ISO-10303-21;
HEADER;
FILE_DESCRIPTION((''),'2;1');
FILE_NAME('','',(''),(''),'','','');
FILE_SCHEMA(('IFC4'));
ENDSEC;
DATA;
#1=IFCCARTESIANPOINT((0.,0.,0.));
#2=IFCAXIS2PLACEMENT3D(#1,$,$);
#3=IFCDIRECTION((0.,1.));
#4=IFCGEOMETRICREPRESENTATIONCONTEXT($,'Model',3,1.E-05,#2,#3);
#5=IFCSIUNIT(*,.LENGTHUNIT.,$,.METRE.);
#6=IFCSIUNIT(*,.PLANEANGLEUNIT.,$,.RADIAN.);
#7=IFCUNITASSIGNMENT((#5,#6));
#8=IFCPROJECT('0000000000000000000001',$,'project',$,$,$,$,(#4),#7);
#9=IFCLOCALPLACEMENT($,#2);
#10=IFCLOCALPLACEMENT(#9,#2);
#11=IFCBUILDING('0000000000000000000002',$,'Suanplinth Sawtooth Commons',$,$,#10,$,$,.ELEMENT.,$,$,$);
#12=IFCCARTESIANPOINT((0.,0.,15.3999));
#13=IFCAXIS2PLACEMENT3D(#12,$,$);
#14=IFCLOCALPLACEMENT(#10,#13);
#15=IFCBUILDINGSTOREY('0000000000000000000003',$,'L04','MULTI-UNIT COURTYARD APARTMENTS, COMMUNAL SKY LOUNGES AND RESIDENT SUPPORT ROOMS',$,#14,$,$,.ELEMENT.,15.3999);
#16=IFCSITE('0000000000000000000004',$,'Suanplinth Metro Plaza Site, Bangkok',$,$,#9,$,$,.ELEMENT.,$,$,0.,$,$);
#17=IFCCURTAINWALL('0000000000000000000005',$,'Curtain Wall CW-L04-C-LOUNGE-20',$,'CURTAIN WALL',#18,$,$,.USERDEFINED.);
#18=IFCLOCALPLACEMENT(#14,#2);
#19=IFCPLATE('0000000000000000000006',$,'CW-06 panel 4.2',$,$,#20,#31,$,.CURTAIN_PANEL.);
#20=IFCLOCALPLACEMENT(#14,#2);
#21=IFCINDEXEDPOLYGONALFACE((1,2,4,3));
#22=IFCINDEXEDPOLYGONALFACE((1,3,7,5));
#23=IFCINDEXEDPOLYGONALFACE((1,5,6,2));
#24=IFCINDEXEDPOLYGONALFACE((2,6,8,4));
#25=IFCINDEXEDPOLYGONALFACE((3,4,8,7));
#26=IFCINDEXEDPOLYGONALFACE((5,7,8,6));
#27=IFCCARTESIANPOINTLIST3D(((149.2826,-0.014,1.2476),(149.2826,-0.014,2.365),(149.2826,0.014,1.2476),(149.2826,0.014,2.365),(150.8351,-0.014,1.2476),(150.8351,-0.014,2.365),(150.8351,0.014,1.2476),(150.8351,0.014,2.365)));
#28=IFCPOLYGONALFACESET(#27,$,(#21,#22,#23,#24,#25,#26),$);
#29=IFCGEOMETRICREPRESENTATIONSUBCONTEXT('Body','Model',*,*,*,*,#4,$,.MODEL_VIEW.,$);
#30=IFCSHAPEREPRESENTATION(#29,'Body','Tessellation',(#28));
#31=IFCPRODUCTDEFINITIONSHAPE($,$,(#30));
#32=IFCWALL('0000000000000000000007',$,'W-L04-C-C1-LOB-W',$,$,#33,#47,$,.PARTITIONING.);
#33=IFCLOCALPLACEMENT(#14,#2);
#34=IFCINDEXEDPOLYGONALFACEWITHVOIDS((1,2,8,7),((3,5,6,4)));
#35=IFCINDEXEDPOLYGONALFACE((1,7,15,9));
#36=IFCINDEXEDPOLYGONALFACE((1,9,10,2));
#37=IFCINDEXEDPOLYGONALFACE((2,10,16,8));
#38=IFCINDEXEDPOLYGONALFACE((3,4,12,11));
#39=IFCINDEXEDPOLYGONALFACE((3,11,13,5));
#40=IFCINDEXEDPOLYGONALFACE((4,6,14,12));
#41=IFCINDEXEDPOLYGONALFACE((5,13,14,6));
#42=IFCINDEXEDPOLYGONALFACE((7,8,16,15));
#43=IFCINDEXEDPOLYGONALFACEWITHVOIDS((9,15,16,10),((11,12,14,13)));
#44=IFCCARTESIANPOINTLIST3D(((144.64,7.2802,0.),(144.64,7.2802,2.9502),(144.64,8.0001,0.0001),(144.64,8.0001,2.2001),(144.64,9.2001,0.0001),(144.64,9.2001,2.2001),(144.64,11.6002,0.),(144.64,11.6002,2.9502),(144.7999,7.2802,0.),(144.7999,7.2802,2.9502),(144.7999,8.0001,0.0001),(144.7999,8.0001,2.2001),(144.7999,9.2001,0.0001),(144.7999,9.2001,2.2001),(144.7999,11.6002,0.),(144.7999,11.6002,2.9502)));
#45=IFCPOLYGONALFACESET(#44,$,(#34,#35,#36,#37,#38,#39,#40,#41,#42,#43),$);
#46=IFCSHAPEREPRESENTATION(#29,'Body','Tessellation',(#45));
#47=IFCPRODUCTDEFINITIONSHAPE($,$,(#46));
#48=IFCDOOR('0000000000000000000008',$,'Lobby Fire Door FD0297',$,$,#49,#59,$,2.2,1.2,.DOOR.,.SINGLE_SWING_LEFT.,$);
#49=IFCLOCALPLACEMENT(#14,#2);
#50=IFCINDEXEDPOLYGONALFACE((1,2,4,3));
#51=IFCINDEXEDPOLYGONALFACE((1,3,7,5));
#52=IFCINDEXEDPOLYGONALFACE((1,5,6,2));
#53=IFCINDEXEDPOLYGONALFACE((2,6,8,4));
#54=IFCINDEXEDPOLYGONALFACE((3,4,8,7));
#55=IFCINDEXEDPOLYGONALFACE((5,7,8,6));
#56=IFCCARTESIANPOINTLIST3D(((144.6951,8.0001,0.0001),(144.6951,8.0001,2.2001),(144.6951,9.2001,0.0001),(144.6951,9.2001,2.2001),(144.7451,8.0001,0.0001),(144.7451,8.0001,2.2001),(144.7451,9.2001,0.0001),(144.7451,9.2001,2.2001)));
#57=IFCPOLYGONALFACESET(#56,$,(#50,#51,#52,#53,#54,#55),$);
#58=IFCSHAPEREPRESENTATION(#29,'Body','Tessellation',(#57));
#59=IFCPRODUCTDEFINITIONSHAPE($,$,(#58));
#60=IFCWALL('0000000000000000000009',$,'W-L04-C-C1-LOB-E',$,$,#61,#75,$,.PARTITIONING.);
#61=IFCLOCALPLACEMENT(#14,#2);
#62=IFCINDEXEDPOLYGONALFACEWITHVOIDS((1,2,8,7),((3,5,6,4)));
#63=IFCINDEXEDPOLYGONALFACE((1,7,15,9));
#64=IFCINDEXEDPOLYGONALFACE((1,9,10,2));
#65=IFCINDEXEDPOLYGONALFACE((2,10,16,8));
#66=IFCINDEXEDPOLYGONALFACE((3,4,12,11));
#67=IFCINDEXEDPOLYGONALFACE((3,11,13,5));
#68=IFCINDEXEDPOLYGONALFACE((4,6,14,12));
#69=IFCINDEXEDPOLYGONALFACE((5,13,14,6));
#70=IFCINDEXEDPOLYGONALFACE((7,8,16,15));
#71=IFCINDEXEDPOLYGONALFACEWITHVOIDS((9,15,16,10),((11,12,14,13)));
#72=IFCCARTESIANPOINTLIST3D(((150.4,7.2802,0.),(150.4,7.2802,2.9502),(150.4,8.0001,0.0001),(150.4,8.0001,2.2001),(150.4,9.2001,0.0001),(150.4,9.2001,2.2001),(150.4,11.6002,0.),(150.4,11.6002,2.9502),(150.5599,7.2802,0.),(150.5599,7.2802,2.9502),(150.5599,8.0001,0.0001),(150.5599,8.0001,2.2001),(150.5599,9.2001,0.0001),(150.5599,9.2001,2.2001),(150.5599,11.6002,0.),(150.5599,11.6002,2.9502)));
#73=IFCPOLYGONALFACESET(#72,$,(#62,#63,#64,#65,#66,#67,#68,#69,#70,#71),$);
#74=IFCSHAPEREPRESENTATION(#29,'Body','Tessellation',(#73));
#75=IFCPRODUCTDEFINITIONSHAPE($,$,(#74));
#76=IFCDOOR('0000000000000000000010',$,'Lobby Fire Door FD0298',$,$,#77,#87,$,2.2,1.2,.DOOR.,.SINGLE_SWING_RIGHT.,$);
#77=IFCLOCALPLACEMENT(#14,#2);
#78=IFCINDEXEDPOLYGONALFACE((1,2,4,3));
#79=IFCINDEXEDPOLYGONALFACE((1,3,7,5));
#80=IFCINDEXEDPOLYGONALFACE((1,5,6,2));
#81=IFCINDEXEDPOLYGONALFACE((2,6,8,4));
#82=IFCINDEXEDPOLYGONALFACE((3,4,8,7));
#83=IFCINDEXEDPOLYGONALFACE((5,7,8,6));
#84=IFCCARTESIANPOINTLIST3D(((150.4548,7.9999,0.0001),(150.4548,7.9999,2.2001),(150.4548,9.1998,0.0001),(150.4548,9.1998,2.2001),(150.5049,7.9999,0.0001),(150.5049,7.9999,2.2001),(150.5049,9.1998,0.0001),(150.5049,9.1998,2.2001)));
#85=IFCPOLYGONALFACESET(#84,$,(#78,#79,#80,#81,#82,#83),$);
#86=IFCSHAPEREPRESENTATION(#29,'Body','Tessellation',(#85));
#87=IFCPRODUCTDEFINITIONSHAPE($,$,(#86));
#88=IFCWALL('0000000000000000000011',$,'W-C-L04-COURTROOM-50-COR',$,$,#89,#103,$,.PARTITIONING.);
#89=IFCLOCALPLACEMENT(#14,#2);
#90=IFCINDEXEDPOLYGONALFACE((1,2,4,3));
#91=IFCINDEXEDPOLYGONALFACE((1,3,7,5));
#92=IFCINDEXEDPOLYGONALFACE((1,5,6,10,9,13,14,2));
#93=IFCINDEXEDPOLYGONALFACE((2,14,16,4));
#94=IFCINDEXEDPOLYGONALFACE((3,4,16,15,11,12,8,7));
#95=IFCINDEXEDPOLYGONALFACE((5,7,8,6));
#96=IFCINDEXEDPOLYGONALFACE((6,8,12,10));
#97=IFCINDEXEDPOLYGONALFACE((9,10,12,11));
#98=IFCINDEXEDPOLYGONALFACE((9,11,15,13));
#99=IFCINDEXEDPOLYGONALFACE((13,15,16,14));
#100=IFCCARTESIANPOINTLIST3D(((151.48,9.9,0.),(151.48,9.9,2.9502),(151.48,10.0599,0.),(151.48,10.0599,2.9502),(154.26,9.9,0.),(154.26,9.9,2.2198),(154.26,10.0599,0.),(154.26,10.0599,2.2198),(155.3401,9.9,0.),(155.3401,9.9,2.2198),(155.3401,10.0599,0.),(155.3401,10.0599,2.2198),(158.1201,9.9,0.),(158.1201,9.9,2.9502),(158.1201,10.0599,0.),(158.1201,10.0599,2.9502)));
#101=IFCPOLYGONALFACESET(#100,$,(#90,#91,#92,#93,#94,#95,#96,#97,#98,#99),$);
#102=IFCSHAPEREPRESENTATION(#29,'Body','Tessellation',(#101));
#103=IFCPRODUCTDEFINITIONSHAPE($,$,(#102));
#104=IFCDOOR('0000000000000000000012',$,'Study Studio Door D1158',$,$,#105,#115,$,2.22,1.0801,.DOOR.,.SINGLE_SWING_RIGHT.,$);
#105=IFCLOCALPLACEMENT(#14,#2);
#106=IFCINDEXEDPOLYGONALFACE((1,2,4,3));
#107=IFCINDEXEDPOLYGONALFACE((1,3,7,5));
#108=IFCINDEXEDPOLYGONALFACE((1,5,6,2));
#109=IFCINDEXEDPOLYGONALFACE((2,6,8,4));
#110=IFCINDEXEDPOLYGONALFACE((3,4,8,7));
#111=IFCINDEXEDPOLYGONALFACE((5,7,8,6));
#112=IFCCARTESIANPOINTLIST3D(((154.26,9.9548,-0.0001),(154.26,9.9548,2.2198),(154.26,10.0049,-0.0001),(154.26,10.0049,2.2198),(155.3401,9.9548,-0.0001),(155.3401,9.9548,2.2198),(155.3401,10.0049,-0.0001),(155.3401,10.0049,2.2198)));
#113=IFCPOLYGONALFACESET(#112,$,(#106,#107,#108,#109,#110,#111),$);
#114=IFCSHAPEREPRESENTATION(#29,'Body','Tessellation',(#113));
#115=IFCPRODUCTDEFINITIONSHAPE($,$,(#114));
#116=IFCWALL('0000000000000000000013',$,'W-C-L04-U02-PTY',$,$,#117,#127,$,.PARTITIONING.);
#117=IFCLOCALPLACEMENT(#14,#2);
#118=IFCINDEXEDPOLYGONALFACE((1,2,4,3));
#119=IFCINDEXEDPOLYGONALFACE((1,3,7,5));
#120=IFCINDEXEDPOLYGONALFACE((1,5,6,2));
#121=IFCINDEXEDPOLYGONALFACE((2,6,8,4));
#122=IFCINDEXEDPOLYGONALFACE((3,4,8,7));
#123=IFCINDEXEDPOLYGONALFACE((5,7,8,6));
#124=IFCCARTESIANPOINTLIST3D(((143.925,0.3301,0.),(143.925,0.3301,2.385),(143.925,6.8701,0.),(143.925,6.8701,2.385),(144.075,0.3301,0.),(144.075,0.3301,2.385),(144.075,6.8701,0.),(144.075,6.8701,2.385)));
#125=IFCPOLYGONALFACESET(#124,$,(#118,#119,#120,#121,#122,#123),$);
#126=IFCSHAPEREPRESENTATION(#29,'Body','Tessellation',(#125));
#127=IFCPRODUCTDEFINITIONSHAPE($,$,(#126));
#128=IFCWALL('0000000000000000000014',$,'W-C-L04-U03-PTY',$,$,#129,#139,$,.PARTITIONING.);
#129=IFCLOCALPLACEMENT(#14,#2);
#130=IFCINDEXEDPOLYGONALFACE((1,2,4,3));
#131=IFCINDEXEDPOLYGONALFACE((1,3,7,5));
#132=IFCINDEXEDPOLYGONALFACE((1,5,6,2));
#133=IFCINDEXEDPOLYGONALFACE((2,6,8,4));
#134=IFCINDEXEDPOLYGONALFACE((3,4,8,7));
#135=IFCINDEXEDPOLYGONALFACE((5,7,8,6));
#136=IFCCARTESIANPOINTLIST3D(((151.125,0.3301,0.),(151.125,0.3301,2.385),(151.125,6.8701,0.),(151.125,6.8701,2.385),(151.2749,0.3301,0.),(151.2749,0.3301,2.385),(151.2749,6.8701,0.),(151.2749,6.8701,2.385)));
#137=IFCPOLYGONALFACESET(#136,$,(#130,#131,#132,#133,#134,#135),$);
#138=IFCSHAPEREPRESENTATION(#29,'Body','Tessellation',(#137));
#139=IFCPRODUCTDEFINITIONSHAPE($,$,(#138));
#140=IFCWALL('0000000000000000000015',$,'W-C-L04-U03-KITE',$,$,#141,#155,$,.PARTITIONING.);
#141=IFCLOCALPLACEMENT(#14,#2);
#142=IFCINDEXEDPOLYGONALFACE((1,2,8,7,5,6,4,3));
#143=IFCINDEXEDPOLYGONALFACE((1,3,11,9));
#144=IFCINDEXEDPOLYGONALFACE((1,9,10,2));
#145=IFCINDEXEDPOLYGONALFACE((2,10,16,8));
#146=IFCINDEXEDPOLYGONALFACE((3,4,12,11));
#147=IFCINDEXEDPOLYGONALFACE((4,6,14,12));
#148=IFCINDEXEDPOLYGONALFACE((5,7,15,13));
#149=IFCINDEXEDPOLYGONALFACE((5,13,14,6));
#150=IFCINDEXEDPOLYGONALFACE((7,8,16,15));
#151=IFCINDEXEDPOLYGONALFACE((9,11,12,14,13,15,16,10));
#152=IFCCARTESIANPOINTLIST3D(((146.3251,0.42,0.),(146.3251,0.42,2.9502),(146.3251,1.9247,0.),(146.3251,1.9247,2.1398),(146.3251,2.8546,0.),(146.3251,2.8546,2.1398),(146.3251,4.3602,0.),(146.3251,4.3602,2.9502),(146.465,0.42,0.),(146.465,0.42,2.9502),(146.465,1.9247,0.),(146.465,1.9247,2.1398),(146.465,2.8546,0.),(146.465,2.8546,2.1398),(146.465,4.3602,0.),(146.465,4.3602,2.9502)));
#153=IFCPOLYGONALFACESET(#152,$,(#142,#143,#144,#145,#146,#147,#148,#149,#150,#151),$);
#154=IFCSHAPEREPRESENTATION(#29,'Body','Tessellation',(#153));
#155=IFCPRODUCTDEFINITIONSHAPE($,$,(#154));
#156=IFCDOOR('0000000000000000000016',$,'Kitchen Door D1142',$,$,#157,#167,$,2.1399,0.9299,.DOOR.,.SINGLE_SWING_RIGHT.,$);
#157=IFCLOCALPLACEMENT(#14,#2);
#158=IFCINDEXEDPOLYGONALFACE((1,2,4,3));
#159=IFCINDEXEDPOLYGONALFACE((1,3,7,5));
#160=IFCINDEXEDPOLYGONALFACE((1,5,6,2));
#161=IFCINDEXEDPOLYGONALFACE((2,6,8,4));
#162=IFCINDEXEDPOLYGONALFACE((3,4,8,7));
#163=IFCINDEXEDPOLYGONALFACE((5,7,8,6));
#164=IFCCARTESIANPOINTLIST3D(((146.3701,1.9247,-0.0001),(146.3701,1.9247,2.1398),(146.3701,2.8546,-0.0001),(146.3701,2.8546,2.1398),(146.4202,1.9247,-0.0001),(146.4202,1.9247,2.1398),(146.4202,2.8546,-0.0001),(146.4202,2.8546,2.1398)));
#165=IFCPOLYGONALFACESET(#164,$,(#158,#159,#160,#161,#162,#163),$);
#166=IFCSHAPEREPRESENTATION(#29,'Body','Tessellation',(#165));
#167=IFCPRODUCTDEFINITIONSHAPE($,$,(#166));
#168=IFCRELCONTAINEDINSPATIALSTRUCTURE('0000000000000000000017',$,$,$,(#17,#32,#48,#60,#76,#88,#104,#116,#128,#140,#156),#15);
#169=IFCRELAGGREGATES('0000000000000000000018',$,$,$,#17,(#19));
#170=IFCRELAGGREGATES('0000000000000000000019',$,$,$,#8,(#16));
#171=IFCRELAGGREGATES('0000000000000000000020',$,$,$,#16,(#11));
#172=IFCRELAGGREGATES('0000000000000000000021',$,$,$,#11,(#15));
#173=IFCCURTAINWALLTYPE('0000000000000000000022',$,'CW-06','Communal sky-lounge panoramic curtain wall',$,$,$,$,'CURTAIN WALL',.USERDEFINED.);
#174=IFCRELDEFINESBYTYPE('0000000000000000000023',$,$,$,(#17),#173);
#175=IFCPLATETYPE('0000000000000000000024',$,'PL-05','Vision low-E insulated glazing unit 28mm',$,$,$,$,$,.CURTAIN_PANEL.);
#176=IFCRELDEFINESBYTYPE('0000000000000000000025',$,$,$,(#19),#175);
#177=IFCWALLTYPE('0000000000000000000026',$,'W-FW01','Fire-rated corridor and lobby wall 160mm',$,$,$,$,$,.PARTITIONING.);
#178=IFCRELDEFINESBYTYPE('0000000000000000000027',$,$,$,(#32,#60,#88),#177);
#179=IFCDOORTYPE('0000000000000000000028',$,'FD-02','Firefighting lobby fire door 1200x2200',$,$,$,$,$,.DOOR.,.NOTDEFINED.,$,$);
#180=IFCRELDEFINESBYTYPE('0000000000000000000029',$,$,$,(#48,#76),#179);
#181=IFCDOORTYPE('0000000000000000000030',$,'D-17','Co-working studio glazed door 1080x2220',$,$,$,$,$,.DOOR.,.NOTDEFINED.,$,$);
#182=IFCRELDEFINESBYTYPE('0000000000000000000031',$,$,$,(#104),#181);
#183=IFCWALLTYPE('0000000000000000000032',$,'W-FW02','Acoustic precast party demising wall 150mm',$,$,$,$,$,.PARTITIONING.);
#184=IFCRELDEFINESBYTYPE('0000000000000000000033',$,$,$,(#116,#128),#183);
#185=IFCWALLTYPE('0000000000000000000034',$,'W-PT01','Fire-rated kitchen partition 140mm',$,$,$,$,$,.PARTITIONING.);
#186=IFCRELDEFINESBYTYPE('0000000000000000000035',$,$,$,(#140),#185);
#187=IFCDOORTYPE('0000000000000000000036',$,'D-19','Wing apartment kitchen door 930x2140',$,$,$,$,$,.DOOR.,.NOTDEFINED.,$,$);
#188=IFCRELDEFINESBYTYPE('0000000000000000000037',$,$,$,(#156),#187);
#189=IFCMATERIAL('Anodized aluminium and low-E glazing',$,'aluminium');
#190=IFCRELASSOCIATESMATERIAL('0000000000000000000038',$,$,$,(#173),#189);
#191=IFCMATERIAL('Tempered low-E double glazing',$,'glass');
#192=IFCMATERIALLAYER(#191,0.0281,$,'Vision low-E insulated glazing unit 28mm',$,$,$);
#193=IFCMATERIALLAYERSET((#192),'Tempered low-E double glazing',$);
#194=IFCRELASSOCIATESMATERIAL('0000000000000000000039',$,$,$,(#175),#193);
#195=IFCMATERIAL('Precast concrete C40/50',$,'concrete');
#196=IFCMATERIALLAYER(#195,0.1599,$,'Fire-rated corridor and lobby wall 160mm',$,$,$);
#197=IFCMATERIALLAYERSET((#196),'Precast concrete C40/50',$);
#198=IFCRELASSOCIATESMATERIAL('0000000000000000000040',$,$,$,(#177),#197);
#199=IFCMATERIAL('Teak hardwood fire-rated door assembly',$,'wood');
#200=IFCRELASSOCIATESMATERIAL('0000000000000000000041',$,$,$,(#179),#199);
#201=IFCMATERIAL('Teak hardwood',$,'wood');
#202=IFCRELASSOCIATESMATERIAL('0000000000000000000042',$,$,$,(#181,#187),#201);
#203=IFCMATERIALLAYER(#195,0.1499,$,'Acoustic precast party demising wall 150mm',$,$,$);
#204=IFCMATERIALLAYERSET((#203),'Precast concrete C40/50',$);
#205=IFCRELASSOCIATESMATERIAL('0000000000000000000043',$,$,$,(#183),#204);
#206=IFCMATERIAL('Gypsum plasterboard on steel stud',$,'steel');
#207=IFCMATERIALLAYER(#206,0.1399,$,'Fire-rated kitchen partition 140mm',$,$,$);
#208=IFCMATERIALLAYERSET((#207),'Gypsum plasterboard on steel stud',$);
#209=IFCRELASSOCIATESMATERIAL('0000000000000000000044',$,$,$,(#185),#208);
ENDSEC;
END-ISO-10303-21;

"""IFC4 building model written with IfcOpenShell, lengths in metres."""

from ifc_helpers import new_model, si_unit, direction, frame, frame_2d, origin, origin_2d, place, context, subcontext, project, spatial, rectangle, extrude, material, layer, layer_set, type_object, element, fill, aggregate, save


model = new_model("IFC4")

# Units and contexts
model_context = context("Model", 3, precision=1e-05, world=origin(), true_north=direction((0.0, 1.0)))
body_context = subcontext(model_context, "Body", "Model", "MODEL_VIEW")
ifc_project = project(units=[si_unit("LENGTHUNIT", "METRE"), si_unit("PLANEANGLEUNIT", "RADIAN")], contexts=[model_context])

# Site, building, storey
site_placement = place(None, origin())
site = spatial("IfcSite", under=ifc_project, at=site_placement, Name="Suanplinth Metro Plaza Site, Bangkok", CompositionType="ELEMENT", RefElevation=0.0)
building_placement = place(site_placement, origin())
building = spatial("IfcBuilding", under=site, at=building_placement, Name="Suanplinth Sawtooth Commons", CompositionType="ELEMENT")
storey_placement = place(building_placement, frame((0.0, 0.0, 15.3999)))
storey = spatial("IfcBuildingStorey", under=building, at=storey_placement, Name="L04", Description="MULTI-UNIT COURTYARD APARTMENTS, COMMUNAL SKY LOUNGES AND RESIDENT SUPPORT ROOMS", CompositionType="ELEMENT", Elevation=15.3999)

# Shared definitions
ifc_material_1 = material(Name="Precast concrete C40/50", Category="concrete")

# Curtain wall, plate
ifc_material_2 = material(Name="Anodized aluminium and low-E glazing", Category="aluminium")
curtain_wall_type = type_object("IfcCurtainWallType", Name="CW-06", Description="Communal sky-lounge panoramic curtain wall", ElementType="CURTAIN WALL", PredefinedType="USERDEFINED", material=ifc_material_2)
curtain_wall_placement = place(storey_placement, origin())
curtain_wall = element("IfcCurtainWall", 1, at=curtain_wall_placement, inside=storey, type_object=curtain_wall_type, Name="Curtain Wall CW-L04-C-LOUNGE-20", ObjectType="CURTAIN WALL", PredefinedType="USERDEFINED")
ifc_material_3 = material(Name="Tempered low-E double glazing", Category="glass")
ifc_layer_1 = layer(ifc_material_3, 0.0281, Name="Vision low-E insulated glazing unit 28mm")
ifc_layer_set_1 = layer_set([ifc_layer_1], Name="Tempered low-E double glazing")
plate_type = type_object("IfcPlateType", Name="PL-05", Description="Vision low-E insulated glazing unit 28mm", PredefinedType="CURTAIN_PANEL", material=ifc_layer_set_1)
plate_1_placement = place(storey_placement, frame((150.0588, 0.0, 1.2476), z_axis=(0.0, 0.0, 1.0), x_axis=(1.0, 0.0, 0.0)))
plate_1 = element("IfcPlate", 2, at=plate_1_placement, type_object=plate_type, Name="CW-06 panel 4.2", PredefinedType="CURTAIN_PANEL", context=body_context, shape_type="SweptSolid", body=[
    extrude(rectangle(XDim=1.5525, YDim=0.0281, at=origin_2d()), origin(), (0.0, 0.0, 1.0), 1.1174),
])
aggregate(curtain_wall, [plate_1])

# Walls, openings, doors
ifc_layer_2 = layer(ifc_material_1, 0.1599, Name="Fire-rated corridor and lobby wall 160mm")
ifc_layer_set_2 = layer_set([ifc_layer_2], Name="Precast concrete C40/50")
wall_type_1 = type_object("IfcWallType", Name="W-FW01", Description="Fire-rated corridor and lobby wall 160mm", PredefinedType="PARTITIONING", material=ifc_layer_set_2)
wall_1_placement = place(storey_placement, frame((144.72, 7.28, 0.0), z_axis=(0.0, 0.0, 1.0), x_axis=(0.0, 1.0, 0.0)))
wall_1 = element("IfcWall", 3, at=wall_1_placement, inside=storey, type_object=wall_type_1, Name="W-L04-C-C1-LOB-W", PredefinedType="PARTITIONING", context=body_context, shape_type="SweptSolid", body=[
    extrude(rectangle(XDim=4.3201, YDim=0.1599, at=frame_2d((2.1602, 0.0))), origin(), (0.0, 0.0, 1.0), 2.9502),
])
opening_1_placement = place(wall_1_placement, frame((0.72, 0.0, 0.0)))
opening_1 = element("IfcOpeningElement", 4, at=opening_1_placement, cuts=wall_1, PredefinedType="OPENING", context=body_context, shape_type="SweptSolid", body=[
    extrude(rectangle(XDim=1.2, YDim=2.2, at=frame_2d((0.6001, 1.1001))), frame((0.0, 0.0947, 0.0), z_axis=(0.0, -1.0, 0.0), x_axis=(1.0, 0.0, 0.0)), (0.0, 0.0, 1.0), 0.1897),
])
ifc_material_4 = material(Name="Teak hardwood fire-rated door assembly", Category="wood")
door_type_1 = type_object("IfcDoorType", Name="FD-02", Description="Firefighting lobby fire door 1200x2200", OperationType="NOTDEFINED", PredefinedType="DOOR", material=ifc_material_4)
door_1_placement = place(opening_1_placement, origin())
door_1 = element("IfcDoor", 5, at=door_1_placement, inside=storey, type_object=door_type_1, Name="Lobby Fire Door FD0297", OperationType="SINGLE_SWING_LEFT", OverallHeight=2.2, OverallWidth=1.2, PredefinedType="DOOR", context=body_context, shape_type="SweptSolid", body=[
    extrude(rectangle(XDim=1.2, YDim=2.2, at=frame_2d((0.6001, 1.1001))), frame((0.0, 0.0249, 0.0), z_axis=(0.0, -1.0, 0.0), x_axis=(1.0, 0.0, 0.0)), (0.0, 0.0, 1.0), 0.05),
])
fill(opening_1, door_1)
wall_2_placement = place(storey_placement, frame((150.48, 7.28, 0.0), z_axis=(0.0, 0.0, 1.0), x_axis=(0.0, 1.0, 0.0)))
wall_2 = element("IfcWall", 6, at=wall_2_placement, inside=storey, type_object=wall_type_1, Name="W-L04-C-C1-LOB-E", PredefinedType="PARTITIONING", context=body_context, shape_type="SweptSolid", body=[
    extrude(rectangle(XDim=4.3201, YDim=0.1599, at=frame_2d((2.1602, 0.0))), origin(), (0.0, 0.0, 1.0), 2.9502),
])
opening_2_placement = place(wall_2_placement, frame((0.72, 0.0, 0.0)))
opening_2 = element("IfcOpeningElement", 7, at=opening_2_placement, cuts=wall_2, PredefinedType="OPENING", context=body_context, shape_type="SweptSolid", body=[
    extrude(rectangle(XDim=1.2, YDim=2.2, at=frame_2d((0.6001, 1.1001))), frame((0.0, 0.0947, 0.0), z_axis=(0.0, -1.0, 0.0), x_axis=(1.0, 0.0, 0.0)), (0.0, 0.0, 1.0), 0.1897),
])
door_2_placement = place(opening_2_placement, frame((1.2, 0.0, 0.0), z_axis=(0.0, 0.0, 1.0), x_axis=(-1.0, 0.0, 0.0)))
door_2 = element("IfcDoor", 8, at=door_2_placement, inside=storey, type_object=door_type_1, Name="Lobby Fire Door FD0298", OperationType="SINGLE_SWING_RIGHT", OverallHeight=2.2, OverallWidth=1.2, PredefinedType="DOOR", context=body_context, shape_type="SweptSolid", body=[
    extrude(rectangle(XDim=1.2, YDim=2.2, at=frame_2d((0.6001, 1.1001))), frame((0.0, 0.0249, 0.0), z_axis=(0.0, -1.0, 0.0), x_axis=(1.0, 0.0, 0.0)), (0.0, 0.0, 1.0), 0.05),
])
fill(opening_2, door_2)
wall_3_placement = place(storey_placement, frame((151.48, 9.98, 0.0), z_axis=(0.0, 0.0, 1.0), x_axis=(1.0, 0.0, 0.0)))
wall_3 = element("IfcWall", 9, at=wall_3_placement, inside=storey, type_object=wall_type_1, Name="W-C-L04-COURTROOM-50-COR", PredefinedType="PARTITIONING", context=body_context, shape_type="SweptSolid", body=[
    extrude(rectangle(XDim=6.6401, YDim=0.1599, at=frame_2d((3.3201, 0.0))), origin(), (0.0, 0.0, 1.0), 2.9502),
])
opening_3_placement = place(wall_3_placement, frame((2.78, 0.0, 0.0)))
opening_3 = element("IfcOpeningElement", 10, at=opening_3_placement, cuts=wall_3, PredefinedType="OPENING", context=body_context, shape_type="SweptSolid", body=[
    extrude(rectangle(XDim=1.0801, YDim=2.22, at=frame_2d((0.54, 1.1099))), frame((0.0, 0.0947, 0.0), z_axis=(0.0, -1.0, 0.0), x_axis=(1.0, 0.0, 0.0)), (0.0, 0.0, 1.0), 0.1897),
])
ifc_material_5 = material(Name="Teak hardwood", Category="wood")
door_type_2 = type_object("IfcDoorType", Name="D-17", Description="Co-working studio glazed door 1080x2220", OperationType="NOTDEFINED", PredefinedType="DOOR", material=ifc_material_5)
door_3_placement = place(opening_3_placement, origin())
door_3 = element("IfcDoor", 11, at=door_3_placement, inside=storey, type_object=door_type_2, Name="Study Studio Door D1158", OperationType="SINGLE_SWING_RIGHT", OverallHeight=2.22, OverallWidth=1.0801, PredefinedType="DOOR", context=body_context, shape_type="SweptSolid", body=[
    extrude(rectangle(XDim=1.0801, YDim=2.22, at=frame_2d((0.54, 1.1099))), frame((0.0, 0.0249, 0.0), z_axis=(0.0, -1.0, 0.0), x_axis=(1.0, 0.0, 0.0)), (0.0, 0.0, 1.0), 0.05),
])
fill(opening_3, door_3)

# Walls
ifc_layer_3 = layer(ifc_material_1, 0.1499, Name="Acoustic precast party demising wall 150mm")
ifc_layer_set_3 = layer_set([ifc_layer_3], Name="Precast concrete C40/50")
wall_type_2 = type_object("IfcWallType", Name="W-FW02", Description="Acoustic precast party demising wall 150mm", PredefinedType="PARTITIONING", material=ifc_layer_set_3)
for number, where, z_axis, x_axis, name in (
    (12, (144.0, 0.3301, 0.0), (0.0, 0.0, 1.0), (0.0, 1.0, 0.0), "W-C-L04-U02-PTY"),
    (13, (151.2, 0.3301, 0.0), (0.0, 0.0, 1.0), (0.0, 1.0, 0.0), "W-C-L04-U03-PTY"),
):
    element("IfcWall", number, at=place(storey_placement, frame(where, z_axis=z_axis, x_axis=x_axis)), inside=storey, type_object=wall_type_2, Name=name, PredefinedType="PARTITIONING", context=body_context, shape_type="SweptSolid", body=[
        extrude(rectangle(XDim=6.54, YDim=0.1499, at=frame_2d((3.27, 0.0))), origin(), (0.0, 0.0, 1.0), 2.385),
    ])

# Wall, opening, door
ifc_material_6 = material(Name="Gypsum plasterboard on steel stud", Category="steel")
ifc_layer_4 = layer(ifc_material_6, 0.1399, Name="Fire-rated kitchen partition 140mm")
ifc_layer_set_4 = layer_set([ifc_layer_4], Name="Gypsum plasterboard on steel stud")
wall_type_3 = type_object("IfcWallType", Name="W-PT01", Description="Fire-rated kitchen partition 140mm", PredefinedType="PARTITIONING", material=ifc_layer_set_4)
wall_4_placement = place(storey_placement, frame((146.395, 0.4199, 0.0), z_axis=(0.0, 0.0, 1.0), x_axis=(0.0, 1.0, 0.0)))
wall_4 = element("IfcWall", 14, at=wall_4_placement, inside=storey, type_object=wall_type_3, Name="W-C-L04-U03-KITE", PredefinedType="PARTITIONING", context=body_context, shape_type="SweptSolid", body=[
    extrude(rectangle(XDim=3.9402, YDim=0.1399, at=frame_2d((1.9702, 0.0))), origin(), (0.0, 0.0, 1.0), 2.9502),
])
opening_4_placement = place(wall_4_placement, frame((1.5049, 0.0, 0.0)))
opening_4 = element("IfcOpeningElement", 15, at=opening_4_placement, cuts=wall_4, PredefinedType="OPENING", context=body_context, shape_type="SweptSolid", body=[
    extrude(rectangle(XDim=0.9299, YDim=2.1399, at=frame_2d((0.4648, 1.0698))), frame((0.0, 0.085, 0.0), z_axis=(0.0, -1.0, 0.0), x_axis=(1.0, 0.0, 0.0)), (0.0, 0.0, 1.0), 0.1697),
])
door_type_3 = type_object("IfcDoorType", Name="D-19", Description="Wing apartment kitchen door 930x2140", OperationType="NOTDEFINED", PredefinedType="DOOR", material=ifc_material_5)
door_4_placement = place(opening_4_placement, origin())
door_4 = element("IfcDoor", 16, at=door_4_placement, inside=storey, type_object=door_type_3, Name="Kitchen Door D1142", OperationType="SINGLE_SWING_RIGHT", OverallHeight=2.1399, OverallWidth=0.9299, PredefinedType="DOOR", context=body_context, shape_type="SweptSolid", body=[
    extrude(rectangle(XDim=0.9299, YDim=2.1399, at=frame_2d((0.4648, 1.0698))), frame((0.0, 0.0249, 0.0), z_axis=(0.0, -1.0, 0.0), x_axis=(1.0, 0.0, 0.0)), (0.0, 0.0, 1.0), 0.05),
])
fill(opening_4, door_4)

save(model, "model.ifc")
